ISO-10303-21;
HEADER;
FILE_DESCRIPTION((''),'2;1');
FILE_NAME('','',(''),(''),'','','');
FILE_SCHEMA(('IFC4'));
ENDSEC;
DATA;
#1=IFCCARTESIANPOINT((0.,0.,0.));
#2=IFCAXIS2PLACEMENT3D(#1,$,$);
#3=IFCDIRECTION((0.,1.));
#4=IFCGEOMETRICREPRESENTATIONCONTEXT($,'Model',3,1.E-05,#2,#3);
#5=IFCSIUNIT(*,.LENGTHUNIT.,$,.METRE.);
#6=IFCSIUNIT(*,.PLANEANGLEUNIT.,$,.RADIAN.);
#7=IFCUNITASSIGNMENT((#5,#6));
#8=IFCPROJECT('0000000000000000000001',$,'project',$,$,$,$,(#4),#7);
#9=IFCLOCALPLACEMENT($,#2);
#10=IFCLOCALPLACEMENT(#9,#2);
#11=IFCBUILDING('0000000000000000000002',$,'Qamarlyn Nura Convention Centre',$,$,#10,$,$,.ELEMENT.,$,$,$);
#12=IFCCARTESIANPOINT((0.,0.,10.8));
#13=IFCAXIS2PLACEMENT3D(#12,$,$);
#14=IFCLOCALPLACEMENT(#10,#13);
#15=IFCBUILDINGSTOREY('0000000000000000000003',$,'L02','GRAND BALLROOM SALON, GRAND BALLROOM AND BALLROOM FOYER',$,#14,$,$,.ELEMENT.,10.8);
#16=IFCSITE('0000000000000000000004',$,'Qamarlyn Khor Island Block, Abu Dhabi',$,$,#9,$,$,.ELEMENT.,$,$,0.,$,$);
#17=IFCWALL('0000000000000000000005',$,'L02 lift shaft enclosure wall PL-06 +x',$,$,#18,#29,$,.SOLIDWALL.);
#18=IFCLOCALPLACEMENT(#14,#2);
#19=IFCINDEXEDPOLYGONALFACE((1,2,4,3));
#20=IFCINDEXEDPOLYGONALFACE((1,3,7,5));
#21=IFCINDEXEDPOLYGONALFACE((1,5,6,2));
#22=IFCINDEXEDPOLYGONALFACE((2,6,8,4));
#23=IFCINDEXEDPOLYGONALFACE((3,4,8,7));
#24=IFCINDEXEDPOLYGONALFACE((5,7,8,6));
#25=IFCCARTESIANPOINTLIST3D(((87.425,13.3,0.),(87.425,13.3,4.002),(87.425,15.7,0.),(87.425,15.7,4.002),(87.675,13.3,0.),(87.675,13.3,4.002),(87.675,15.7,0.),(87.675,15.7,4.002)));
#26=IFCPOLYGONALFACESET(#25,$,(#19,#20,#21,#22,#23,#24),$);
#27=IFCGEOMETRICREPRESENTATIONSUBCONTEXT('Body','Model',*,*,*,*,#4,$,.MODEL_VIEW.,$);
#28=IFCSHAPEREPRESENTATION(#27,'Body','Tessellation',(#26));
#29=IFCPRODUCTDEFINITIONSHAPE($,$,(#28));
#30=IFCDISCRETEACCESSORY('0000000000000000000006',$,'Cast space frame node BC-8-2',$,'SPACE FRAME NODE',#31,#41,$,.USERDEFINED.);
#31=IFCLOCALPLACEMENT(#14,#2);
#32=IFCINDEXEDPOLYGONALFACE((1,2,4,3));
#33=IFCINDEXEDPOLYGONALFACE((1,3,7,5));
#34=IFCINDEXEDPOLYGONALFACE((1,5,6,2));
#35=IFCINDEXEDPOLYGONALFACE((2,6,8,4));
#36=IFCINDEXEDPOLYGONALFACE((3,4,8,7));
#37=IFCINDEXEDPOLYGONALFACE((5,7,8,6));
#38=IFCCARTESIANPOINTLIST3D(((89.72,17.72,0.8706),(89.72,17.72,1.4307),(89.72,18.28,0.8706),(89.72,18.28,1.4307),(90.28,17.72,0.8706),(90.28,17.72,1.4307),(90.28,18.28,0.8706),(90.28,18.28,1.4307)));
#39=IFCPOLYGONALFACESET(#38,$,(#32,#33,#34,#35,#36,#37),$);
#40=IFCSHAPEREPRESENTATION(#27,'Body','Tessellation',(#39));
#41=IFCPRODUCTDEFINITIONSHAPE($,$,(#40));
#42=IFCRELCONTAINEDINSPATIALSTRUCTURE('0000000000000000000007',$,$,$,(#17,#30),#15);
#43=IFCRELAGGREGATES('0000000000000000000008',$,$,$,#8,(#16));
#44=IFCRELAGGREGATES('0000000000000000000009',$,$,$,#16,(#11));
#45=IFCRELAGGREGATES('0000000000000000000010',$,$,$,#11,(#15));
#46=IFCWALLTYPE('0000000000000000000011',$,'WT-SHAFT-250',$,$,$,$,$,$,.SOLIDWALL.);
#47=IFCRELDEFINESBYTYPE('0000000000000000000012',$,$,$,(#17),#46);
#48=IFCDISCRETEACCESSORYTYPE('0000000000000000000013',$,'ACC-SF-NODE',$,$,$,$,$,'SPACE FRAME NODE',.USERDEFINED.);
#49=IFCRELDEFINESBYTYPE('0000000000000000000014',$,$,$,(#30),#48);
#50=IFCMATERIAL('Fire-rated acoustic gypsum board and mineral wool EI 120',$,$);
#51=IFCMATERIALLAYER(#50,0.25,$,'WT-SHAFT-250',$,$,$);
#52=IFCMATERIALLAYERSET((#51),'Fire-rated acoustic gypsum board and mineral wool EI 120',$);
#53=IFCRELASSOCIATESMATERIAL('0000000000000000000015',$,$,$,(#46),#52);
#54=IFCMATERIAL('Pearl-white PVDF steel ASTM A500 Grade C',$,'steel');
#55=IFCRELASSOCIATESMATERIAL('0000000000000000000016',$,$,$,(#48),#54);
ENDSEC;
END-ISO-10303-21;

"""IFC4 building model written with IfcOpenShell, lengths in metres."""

from ifc_helpers import new_model, si_unit, direction, frame, frame_2d, origin, origin_2d, place, context, subcontext, project, spatial, rectangle, extrude, material, layer, layer_set, type_object, element, save


model = new_model("IFC4")

# Units and contexts
model_context = context("Model", 3, precision=1e-05, world=origin(), true_north=direction((0.0, 1.0)))
body_context = subcontext(model_context, "Body", "Model", "MODEL_VIEW")
ifc_project = project(units=[si_unit("LENGTHUNIT", "METRE"), si_unit("PLANEANGLEUNIT", "RADIAN")], contexts=[model_context])

# Site, building, storey
site_placement = place(None, origin())
site = spatial("IfcSite", under=ifc_project, at=site_placement, Name="Qamarlyn Khor Island Block, Abu Dhabi", CompositionType="ELEMENT", RefElevation=0.0)
building_placement = place(site_placement, origin())
building = spatial("IfcBuilding", under=site, at=building_placement, Name="Qamarlyn Nura Convention Centre", CompositionType="ELEMENT")
storey_placement = place(building_placement, frame((0.0, 0.0, 10.8)))
storey = spatial("IfcBuildingStorey", under=building, at=storey_placement, Name="L02", Description="GRAND BALLROOM SALON, GRAND BALLROOM AND BALLROOM FOYER", CompositionType="ELEMENT", Elevation=10.8)

# Shared definitions
ifc_material_1 = material(Name="Pearl-white PVDF steel ASTM A500 Grade C", Category="steel")

# Wall
ifc_material_2 = material(Name="Fire-rated acoustic gypsum board and mineral wool EI 120")
ifc_layer_1 = layer(ifc_material_2, 0.25, Name="WT-SHAFT-250")
ifc_layer_set_1 = layer_set([ifc_layer_1], Name="Fire-rated acoustic gypsum board and mineral wool EI 120")
wall_type_1 = type_object("IfcWallType", Name="WT-SHAFT-250", PredefinedType="SOLIDWALL", material=ifc_layer_set_1)
wall_1_placement = place(storey_placement, frame((87.55, 13.3, 0.0), z_axis=(0.0, 0.0, 1.0), x_axis=(0.0, 1.0, 0.0)))
element("IfcWall", 1, at=wall_1_placement, inside=storey, type_object=wall_type_1, Name="L02 lift shaft enclosure wall PL-06 +x", PredefinedType="SOLIDWALL", context=body_context, shape_type="SweptSolid", body=[
    extrude(rectangle(XDim=2.3999, YDim=0.25, at=frame_2d((1.2, 0.0))), origin(), (0.0, 0.0, 1.0), 4.002),
])

# Discrete accessory
discrete_accessory_type = type_object("IfcDiscreteAccessoryType", Name="ACC-SF-NODE", ElementType="SPACE FRAME NODE", PredefinedType="USERDEFINED", material=ifc_material_1)
discrete_accessory_placement = place(storey_placement, frame((90.0, 18.0, 0.8706), z_axis=(0.0, 0.0, 1.0), x_axis=(1.0, 0.0, 0.0)))
element("IfcDiscreteAccessory", 2, at=discrete_accessory_placement, inside=storey, type_object=discrete_accessory_type, Name="Cast space frame node BC-8-2", ObjectType="SPACE FRAME NODE", PredefinedType="USERDEFINED", context=body_context, shape_type="SweptSolid", body=[
    extrude(rectangle(XDim=0.5601, YDim=0.5601, at=origin_2d()), origin(), (0.0, 0.0, 1.0), 0.5601),
])

save(model, "model.ifc")
